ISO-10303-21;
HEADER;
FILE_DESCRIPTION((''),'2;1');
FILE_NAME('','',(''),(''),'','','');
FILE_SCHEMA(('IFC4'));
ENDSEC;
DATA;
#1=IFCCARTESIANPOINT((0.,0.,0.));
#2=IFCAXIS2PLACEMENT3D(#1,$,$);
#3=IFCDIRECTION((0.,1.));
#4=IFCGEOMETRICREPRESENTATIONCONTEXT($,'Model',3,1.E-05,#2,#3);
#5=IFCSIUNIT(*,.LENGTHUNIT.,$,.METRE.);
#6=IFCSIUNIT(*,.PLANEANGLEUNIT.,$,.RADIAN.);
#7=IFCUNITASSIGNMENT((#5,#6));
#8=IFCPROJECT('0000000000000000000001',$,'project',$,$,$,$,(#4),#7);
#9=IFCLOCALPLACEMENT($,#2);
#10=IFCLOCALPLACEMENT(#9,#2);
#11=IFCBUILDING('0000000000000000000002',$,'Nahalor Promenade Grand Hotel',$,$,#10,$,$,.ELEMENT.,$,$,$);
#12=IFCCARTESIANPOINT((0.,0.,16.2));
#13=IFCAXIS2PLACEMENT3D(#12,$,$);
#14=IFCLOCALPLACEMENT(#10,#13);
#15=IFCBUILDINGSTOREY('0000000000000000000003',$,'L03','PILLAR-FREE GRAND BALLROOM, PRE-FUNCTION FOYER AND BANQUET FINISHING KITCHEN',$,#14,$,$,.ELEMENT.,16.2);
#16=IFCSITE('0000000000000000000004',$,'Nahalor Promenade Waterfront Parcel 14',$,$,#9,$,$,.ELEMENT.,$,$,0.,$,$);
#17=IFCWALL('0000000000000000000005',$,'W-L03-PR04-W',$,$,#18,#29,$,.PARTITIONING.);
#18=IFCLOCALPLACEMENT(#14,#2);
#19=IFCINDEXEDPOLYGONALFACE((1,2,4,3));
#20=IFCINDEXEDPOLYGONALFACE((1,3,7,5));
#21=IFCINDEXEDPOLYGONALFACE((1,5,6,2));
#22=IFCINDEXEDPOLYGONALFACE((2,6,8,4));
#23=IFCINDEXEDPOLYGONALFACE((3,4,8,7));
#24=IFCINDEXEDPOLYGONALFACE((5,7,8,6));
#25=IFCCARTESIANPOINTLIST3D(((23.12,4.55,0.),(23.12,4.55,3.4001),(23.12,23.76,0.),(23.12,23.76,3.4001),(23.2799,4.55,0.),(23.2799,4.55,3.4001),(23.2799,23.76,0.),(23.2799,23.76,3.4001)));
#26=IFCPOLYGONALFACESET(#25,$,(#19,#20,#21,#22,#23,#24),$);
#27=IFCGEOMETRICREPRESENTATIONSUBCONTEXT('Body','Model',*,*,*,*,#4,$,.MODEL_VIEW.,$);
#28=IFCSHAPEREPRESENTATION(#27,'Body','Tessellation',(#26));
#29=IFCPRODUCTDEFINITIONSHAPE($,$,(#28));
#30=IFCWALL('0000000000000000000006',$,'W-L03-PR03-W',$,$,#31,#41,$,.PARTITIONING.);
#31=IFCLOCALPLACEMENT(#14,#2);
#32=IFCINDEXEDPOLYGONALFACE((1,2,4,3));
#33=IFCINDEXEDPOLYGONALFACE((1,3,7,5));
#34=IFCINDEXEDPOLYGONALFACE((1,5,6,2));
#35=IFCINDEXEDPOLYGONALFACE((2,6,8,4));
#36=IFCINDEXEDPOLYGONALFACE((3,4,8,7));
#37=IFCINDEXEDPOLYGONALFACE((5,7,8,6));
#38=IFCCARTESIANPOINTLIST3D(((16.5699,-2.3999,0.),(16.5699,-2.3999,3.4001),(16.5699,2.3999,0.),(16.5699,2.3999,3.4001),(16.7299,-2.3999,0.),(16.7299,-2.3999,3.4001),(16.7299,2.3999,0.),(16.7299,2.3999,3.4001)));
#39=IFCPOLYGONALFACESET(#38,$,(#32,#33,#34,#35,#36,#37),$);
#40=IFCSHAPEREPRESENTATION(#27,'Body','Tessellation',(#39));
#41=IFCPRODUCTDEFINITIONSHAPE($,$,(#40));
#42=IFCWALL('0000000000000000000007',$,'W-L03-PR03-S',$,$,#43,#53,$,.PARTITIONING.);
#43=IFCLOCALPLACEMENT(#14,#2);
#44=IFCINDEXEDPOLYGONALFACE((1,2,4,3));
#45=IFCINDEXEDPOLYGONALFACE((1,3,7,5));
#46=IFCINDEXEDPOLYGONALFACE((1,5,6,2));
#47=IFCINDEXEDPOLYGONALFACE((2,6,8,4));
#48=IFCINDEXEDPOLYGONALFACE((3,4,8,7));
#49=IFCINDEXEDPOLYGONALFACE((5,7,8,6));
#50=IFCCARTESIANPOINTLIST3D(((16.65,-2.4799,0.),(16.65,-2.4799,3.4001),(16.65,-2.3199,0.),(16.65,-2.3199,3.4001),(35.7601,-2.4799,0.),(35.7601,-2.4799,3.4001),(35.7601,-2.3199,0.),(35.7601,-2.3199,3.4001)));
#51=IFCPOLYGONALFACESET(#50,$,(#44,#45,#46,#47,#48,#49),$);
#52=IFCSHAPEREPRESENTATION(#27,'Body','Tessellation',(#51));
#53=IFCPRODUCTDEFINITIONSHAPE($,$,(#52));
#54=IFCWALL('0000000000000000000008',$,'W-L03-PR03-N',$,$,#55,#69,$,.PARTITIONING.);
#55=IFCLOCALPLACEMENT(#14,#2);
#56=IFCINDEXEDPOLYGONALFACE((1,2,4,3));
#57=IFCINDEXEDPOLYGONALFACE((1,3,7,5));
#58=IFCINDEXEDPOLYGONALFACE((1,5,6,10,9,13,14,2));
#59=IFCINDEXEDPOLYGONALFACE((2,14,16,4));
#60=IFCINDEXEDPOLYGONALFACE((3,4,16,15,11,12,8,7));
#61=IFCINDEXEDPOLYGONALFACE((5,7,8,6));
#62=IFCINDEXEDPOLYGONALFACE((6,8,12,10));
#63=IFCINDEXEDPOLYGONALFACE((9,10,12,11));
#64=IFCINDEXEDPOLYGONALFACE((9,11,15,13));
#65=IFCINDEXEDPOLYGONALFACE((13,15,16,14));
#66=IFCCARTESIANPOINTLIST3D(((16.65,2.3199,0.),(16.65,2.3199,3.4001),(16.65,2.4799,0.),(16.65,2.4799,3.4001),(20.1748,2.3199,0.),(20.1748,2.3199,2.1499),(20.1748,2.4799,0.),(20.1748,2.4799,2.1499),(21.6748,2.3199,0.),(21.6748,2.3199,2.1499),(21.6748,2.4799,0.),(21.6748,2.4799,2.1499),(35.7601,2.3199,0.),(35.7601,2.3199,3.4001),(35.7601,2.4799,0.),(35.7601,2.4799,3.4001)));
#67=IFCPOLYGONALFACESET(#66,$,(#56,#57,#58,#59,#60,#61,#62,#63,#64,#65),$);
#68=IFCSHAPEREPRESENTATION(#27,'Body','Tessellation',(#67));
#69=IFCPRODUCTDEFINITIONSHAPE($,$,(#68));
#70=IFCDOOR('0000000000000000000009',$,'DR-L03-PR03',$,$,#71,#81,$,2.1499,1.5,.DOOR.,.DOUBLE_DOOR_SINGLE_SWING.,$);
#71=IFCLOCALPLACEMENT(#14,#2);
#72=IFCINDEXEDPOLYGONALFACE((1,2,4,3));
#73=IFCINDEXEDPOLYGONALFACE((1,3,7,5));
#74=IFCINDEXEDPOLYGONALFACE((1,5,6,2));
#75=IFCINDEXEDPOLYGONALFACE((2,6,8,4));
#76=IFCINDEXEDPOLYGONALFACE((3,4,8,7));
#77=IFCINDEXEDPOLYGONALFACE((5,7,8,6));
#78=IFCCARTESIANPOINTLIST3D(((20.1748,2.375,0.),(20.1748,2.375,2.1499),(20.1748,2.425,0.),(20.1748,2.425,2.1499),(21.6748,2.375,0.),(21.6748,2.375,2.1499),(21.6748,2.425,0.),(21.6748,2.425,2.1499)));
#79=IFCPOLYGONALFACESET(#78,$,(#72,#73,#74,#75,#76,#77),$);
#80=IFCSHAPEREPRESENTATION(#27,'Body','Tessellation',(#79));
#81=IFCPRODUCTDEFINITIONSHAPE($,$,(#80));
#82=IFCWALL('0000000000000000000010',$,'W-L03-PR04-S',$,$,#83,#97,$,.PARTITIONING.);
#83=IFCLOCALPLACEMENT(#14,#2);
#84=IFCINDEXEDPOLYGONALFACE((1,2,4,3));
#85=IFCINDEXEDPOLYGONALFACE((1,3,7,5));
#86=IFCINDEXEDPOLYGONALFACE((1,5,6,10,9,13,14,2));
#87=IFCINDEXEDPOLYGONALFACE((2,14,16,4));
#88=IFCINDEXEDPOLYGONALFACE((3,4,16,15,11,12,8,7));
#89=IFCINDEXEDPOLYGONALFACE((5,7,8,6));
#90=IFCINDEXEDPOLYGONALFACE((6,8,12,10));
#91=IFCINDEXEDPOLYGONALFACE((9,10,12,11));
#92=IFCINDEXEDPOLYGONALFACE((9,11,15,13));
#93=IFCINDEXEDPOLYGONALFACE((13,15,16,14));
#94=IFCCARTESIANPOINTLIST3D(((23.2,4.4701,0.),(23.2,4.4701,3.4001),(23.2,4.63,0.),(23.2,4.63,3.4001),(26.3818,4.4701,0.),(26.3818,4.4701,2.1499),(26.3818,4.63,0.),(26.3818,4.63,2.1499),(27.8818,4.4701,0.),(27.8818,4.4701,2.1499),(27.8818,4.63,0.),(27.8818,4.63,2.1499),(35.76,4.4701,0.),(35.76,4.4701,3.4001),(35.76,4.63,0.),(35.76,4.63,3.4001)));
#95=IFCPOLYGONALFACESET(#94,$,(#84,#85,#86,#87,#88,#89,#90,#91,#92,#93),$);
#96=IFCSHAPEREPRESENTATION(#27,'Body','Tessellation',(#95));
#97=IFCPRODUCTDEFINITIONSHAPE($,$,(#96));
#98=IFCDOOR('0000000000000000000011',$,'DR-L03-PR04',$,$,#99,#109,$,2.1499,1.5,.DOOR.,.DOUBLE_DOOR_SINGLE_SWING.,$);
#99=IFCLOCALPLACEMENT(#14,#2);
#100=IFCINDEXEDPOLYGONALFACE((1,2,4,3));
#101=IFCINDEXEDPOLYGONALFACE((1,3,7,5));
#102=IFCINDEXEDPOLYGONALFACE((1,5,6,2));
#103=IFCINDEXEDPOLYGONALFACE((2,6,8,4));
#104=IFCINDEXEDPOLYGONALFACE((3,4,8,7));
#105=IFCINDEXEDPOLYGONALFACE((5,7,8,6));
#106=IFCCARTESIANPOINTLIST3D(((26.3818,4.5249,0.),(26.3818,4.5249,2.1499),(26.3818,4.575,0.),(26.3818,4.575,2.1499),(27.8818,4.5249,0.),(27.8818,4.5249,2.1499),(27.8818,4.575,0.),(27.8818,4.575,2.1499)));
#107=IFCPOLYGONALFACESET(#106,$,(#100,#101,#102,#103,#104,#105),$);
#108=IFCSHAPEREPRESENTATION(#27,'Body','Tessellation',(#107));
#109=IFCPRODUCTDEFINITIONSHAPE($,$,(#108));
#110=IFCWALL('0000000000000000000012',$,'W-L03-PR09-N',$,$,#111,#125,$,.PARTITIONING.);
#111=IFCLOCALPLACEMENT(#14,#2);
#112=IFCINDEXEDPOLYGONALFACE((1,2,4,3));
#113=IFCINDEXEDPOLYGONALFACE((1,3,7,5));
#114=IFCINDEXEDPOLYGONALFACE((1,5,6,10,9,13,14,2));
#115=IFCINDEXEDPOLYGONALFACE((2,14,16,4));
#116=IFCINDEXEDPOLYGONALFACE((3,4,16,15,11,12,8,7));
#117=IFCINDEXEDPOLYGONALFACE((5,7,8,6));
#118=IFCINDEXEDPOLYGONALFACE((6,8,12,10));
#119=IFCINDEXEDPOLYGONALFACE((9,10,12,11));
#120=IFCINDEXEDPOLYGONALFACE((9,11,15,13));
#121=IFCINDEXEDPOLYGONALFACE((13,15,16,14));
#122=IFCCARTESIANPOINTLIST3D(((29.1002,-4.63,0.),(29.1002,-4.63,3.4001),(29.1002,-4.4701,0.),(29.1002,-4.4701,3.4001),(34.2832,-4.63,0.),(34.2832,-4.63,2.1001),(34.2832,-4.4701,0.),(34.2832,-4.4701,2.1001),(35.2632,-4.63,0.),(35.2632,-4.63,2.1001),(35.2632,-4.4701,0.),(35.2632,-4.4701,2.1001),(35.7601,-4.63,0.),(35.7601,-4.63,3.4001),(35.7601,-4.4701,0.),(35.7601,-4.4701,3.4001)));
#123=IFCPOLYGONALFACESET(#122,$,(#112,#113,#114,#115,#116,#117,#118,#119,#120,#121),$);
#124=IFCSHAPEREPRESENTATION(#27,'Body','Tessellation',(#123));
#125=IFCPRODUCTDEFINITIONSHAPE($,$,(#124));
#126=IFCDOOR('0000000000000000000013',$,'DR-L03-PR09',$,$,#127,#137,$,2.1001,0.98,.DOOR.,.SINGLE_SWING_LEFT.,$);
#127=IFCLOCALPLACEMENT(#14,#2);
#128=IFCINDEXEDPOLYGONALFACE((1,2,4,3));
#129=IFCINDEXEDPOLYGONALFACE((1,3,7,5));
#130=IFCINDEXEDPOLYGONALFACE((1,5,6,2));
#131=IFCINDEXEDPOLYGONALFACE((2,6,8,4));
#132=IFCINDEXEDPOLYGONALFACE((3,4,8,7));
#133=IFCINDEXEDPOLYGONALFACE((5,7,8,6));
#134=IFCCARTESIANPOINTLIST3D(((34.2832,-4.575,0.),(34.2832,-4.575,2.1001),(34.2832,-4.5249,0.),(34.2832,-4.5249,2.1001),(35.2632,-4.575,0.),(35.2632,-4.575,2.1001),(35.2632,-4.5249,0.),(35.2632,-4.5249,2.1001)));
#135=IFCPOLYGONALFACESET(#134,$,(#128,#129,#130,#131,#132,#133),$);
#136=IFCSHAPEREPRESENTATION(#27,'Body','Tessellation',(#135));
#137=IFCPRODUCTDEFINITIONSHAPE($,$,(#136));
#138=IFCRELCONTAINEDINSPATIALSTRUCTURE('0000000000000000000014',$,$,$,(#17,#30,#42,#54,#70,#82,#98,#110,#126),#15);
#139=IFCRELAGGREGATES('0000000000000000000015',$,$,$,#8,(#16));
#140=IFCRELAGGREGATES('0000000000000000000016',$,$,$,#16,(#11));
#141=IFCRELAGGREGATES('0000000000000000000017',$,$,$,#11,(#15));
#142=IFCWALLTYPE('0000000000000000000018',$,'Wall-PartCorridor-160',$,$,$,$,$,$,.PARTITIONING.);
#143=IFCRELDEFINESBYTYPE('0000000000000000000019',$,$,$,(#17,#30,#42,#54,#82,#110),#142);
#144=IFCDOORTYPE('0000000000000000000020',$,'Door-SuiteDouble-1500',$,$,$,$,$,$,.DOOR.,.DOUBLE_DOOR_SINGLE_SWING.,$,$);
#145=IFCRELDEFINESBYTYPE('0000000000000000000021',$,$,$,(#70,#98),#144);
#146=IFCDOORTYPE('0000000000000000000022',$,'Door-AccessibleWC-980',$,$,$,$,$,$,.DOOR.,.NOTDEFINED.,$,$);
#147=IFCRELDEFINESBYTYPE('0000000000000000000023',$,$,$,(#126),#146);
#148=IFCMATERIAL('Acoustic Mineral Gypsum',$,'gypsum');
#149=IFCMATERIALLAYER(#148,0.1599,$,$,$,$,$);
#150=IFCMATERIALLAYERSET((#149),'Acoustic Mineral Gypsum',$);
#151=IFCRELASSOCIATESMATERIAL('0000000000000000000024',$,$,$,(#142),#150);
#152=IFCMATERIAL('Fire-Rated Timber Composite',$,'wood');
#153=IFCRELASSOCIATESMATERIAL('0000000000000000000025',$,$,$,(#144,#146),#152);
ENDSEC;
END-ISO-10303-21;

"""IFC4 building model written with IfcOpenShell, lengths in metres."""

from ifc_helpers import new_model, si_unit, direction, frame, frame_2d, origin, place, context, subcontext, project, spatial, rectangle, extrude, source, transform, mapped, material, layer, layer_set, type_object, element, fill, save


model = new_model("IFC4")

# Units and contexts
model_context = context("Model", 3, precision=1e-05, world=origin(), true_north=direction((0.0, 1.0)))
body_context = subcontext(model_context, "Body", "Model", "MODEL_VIEW")
ifc_project = project(units=[si_unit("LENGTHUNIT", "METRE"), si_unit("PLANEANGLEUNIT", "RADIAN")], contexts=[model_context])

# Site, building, storey
site_placement = place(None, origin())
site = spatial("IfcSite", under=ifc_project, at=site_placement, Name="Nahalor Promenade Waterfront Parcel 14", CompositionType="ELEMENT", RefElevation=0.0)
building_placement = place(site_placement, origin())
building = spatial("IfcBuilding", under=site, at=building_placement, Name="Nahalor Promenade Grand Hotel", CompositionType="ELEMENT")
storey_placement = place(building_placement, frame((0.0, 0.0, 16.2)))
storey = spatial("IfcBuildingStorey", under=building, at=storey_placement, Name="L03", Description="PILLAR-FREE GRAND BALLROOM, PRE-FUNCTION FOYER AND BANQUET FINISHING KITCHEN", CompositionType="ELEMENT", Elevation=16.2)

# Walls
ifc_material_1 = material(Name="Acoustic Mineral Gypsum", Category="gypsum")
ifc_layer_1 = layer(ifc_material_1, 0.1599)
ifc_layer_set_1 = layer_set([ifc_layer_1], Name="Acoustic Mineral Gypsum")
wall_type_1 = type_object("IfcWallType", Name="Wall-PartCorridor-160", PredefinedType="PARTITIONING", material=ifc_layer_set_1)
shared_shape_1 = source(origin(), body_context, "Body", "SweptSolid", [
    extrude(rectangle(XDim=19.21, YDim=0.1599, at=frame_2d((9.605, 0.0))), origin(), (0.0, 0.0, 1.0), 3.4001),
])
wall_1_placement = place(storey_placement, frame((23.2, 4.55, 0.0), z_axis=(0.0, 0.0, 1.0), x_axis=(0.0, 1.0, 0.0)))
element("IfcWall", 1, at=wall_1_placement, inside=storey, type_object=wall_type_1, Name="W-L03-PR04-W", PredefinedType="PARTITIONING", context=body_context, shape_type="MappedRepresentation", body=[
    mapped(shared_shape_1, transform((0.0, 0.0, 0.0), scale=1.0)),
])
shared_shape_2 = source(origin(), body_context, "Body", "SweptSolid", [
    extrude(rectangle(XDim=4.7998, YDim=0.1599, at=frame_2d((2.3999, 0.0))), origin(), (0.0, 0.0, 1.0), 3.4001),
])
wall_2_placement = place(storey_placement, frame((16.6499, -2.3999, 0.0), z_axis=(0.0, 0.0, 1.0), x_axis=(0.0, 1.0, 0.0)))
element("IfcWall", 2, at=wall_2_placement, inside=storey, type_object=wall_type_1, Name="W-L03-PR03-W", PredefinedType="PARTITIONING", context=body_context, shape_type="MappedRepresentation", body=[
    mapped(shared_shape_2, transform((0.0, 0.0, 0.0), scale=1.0)),
])
shared_shape_3 = source(origin(), body_context, "Body", "SweptSolid", [
    extrude(rectangle(XDim=19.1101, YDim=0.1599, at=frame_2d((9.5552, 0.0))), origin(), (0.0, 0.0, 1.0), 3.4001),
])
wall_3_placement = place(storey_placement, frame((16.6499, -2.3999, 0.0), z_axis=(0.0, 0.0, 1.0), x_axis=(1.0, 0.0, 0.0)))
element("IfcWall", 3, at=wall_3_placement, inside=storey, type_object=wall_type_1, Name="W-L03-PR03-S", PredefinedType="PARTITIONING", context=body_context, shape_type="MappedRepresentation", body=[
    mapped(shared_shape_3, transform((0.0, 0.0, 0.0), scale=1.0)),
])

# Walls, openings, doors
wall_4_placement = place(storey_placement, frame((16.6499, 2.3999, 0.0), z_axis=(0.0, 0.0, 1.0), x_axis=(1.0, 0.0, 0.0)))
wall_4 = element("IfcWall", 4, at=wall_4_placement, inside=storey, type_object=wall_type_1, Name="W-L03-PR03-N", PredefinedType="PARTITIONING", context=body_context, shape_type="MappedRepresentation", body=[
    mapped(shared_shape_3, transform((0.0, 0.0, 0.0), scale=1.0)),
])
opening_1_placement = place(wall_4_placement, frame((3.5249, 0.0, 0.0)))
opening_1 = element("IfcOpeningElement", 5, at=opening_1_placement, cuts=wall_4, PredefinedType="OPENING", context=body_context, shape_type="SweptSolid", body=[
    extrude(rectangle(XDim=1.5, YDim=2.1499, at=frame_2d((0.75, 1.075))), frame((0.0, 0.0898, 0.0), z_axis=(0.0, -1.0, 0.0), x_axis=(1.0, 0.0, 0.0)), (0.0, 0.0, 1.0), 0.1799),
])
ifc_material_2 = material(Name="Fire-Rated Timber Composite", Category="wood")
door_type_1 = type_object("IfcDoorType", Name="Door-SuiteDouble-1500", OperationType="DOUBLE_DOOR_SINGLE_SWING", PredefinedType="DOOR", material=ifc_material_2)
shared_shape_4 = source(origin(), body_context, "Body", "SweptSolid", [
    extrude(rectangle(XDim=1.5, YDim=2.1499, at=frame_2d((0.75, 1.075))), frame((0.0, 0.0249, 0.0), z_axis=(0.0, -1.0, 0.0), x_axis=(1.0, 0.0, 0.0)), (0.0, 0.0, 1.0), 0.05),
])
door_1_placement = place(opening_1_placement, frame((1.5, 0.0, 0.0), z_axis=(0.0, 0.0, 1.0), x_axis=(-1.0, 0.0, 0.0)))
door_1 = element("IfcDoor", 6, at=door_1_placement, inside=storey, type_object=door_type_1, Name="DR-L03-PR03", OperationType="DOUBLE_DOOR_SINGLE_SWING", OverallHeight=2.1499, OverallWidth=1.5, PredefinedType="DOOR", context=body_context, shape_type="MappedRepresentation", body=[
    mapped(shared_shape_4, transform((0.0, 0.0, 0.0), scale=1.0)),
])
fill(opening_1, door_1)
shared_shape_5 = source(origin(), body_context, "Body", "SweptSolid", [
    extrude(rectangle(XDim=12.5601, YDim=0.1599, at=frame_2d((6.28, 0.0))), origin(), (0.0, 0.0, 1.0), 3.4001),
])
wall_5_placement = place(storey_placement, frame((23.2, 4.55, 0.0), z_axis=(0.0, 0.0, 1.0), x_axis=(1.0, 0.0, 0.0)))
wall_5 = element("IfcWall", 7, at=wall_5_placement, inside=storey, type_object=wall_type_1, Name="W-L03-PR04-S", PredefinedType="PARTITIONING", context=body_context, shape_type="MappedRepresentation", body=[
    mapped(shared_shape_5, transform((0.0, 0.0, 0.0), scale=1.0)),
])
opening_2_placement = place(wall_5_placement, frame((3.1819, 0.0, 0.0)))
opening_2 = element("IfcOpeningElement", 8, at=opening_2_placement, cuts=wall_5, PredefinedType="OPENING", context=body_context, shape_type="SweptSolid", body=[
    extrude(rectangle(XDim=1.5, YDim=2.1499, at=frame_2d((0.75, 1.075))), frame((0.0, 0.0898, 0.0), z_axis=(0.0, -1.0, 0.0), x_axis=(1.0, 0.0, 0.0)), (0.0, 0.0, 1.0), 0.1799),
])
door_2_placement = place(opening_2_placement, origin())
door_2 = element("IfcDoor", 9, at=door_2_placement, inside=storey, type_object=door_type_1, Name="DR-L03-PR04", OperationType="DOUBLE_DOOR_SINGLE_SWING", OverallHeight=2.1499, OverallWidth=1.5, PredefinedType="DOOR", context=body_context, shape_type="MappedRepresentation", body=[
    mapped(shared_shape_4, transform((0.0, 0.0, 0.0), scale=1.0)),
])
fill(opening_2, door_2)
shared_shape_6 = source(origin(), body_context, "Body", "SweptSolid", [
    extrude(rectangle(XDim=6.6599, YDim=0.1599, at=frame_2d((3.3301, 0.0))), origin(), (0.0, 0.0, 1.0), 3.4001),
])
wall_6_placement = place(storey_placement, frame((29.1001, -4.55, 0.0), z_axis=(0.0, 0.0, 1.0), x_axis=(1.0, 0.0, 0.0)))
wall_6 = element("IfcWall", 10, at=wall_6_placement, inside=storey, type_object=wall_type_1, Name="W-L03-PR09-N", PredefinedType="PARTITIONING", context=body_context, shape_type="MappedRepresentation", body=[
    mapped(shared_shape_6, transform((0.0, 0.0, 0.0), scale=1.0)),
])
opening_3_placement = place(wall_6_placement, frame((5.1831, 0.0, 0.0)))
opening_3 = element("IfcOpeningElement", 11, at=opening_3_placement, cuts=wall_6, PredefinedType="OPENING", context=body_context, shape_type="SweptSolid", body=[
    extrude(rectangle(XDim=0.98, YDim=2.1001, at=frame_2d((0.49, 1.05))), frame((0.0, 0.0898, 0.0), z_axis=(0.0, -1.0, 0.0), x_axis=(1.0, 0.0, 0.0)), (0.0, 0.0, 1.0), 0.1799),
])
door_type_2 = type_object("IfcDoorType", Name="Door-AccessibleWC-980", OperationType="NOTDEFINED", PredefinedType="DOOR", material=ifc_material_2)
shared_shape_7 = source(origin(), body_context, "Body", "SweptSolid", [
    extrude(rectangle(XDim=0.98, YDim=2.1001, at=frame_2d((0.49, 1.05))), frame((0.0, 0.0249, 0.0), z_axis=(0.0, -1.0, 0.0), x_axis=(1.0, 0.0, 0.0)), (0.0, 0.0, 1.0), 0.05),
])
door_3_placement = place(opening_3_placement, frame((0.98, 0.0, 0.0), z_axis=(0.0, 0.0, 1.0), x_axis=(-1.0, 0.0, 0.0)))
door_3 = element("IfcDoor", 12, at=door_3_placement, inside=storey, type_object=door_type_2, Name="DR-L03-PR09", OperationType="SINGLE_SWING_LEFT", OverallHeight=2.1001, OverallWidth=0.98, PredefinedType="DOOR", context=body_context, shape_type="MappedRepresentation", body=[
    mapped(shared_shape_7, transform((0.0, 0.0, 0.0), scale=1.0)),
])
fill(opening_3, door_3)

save(model, "model.ifc")
